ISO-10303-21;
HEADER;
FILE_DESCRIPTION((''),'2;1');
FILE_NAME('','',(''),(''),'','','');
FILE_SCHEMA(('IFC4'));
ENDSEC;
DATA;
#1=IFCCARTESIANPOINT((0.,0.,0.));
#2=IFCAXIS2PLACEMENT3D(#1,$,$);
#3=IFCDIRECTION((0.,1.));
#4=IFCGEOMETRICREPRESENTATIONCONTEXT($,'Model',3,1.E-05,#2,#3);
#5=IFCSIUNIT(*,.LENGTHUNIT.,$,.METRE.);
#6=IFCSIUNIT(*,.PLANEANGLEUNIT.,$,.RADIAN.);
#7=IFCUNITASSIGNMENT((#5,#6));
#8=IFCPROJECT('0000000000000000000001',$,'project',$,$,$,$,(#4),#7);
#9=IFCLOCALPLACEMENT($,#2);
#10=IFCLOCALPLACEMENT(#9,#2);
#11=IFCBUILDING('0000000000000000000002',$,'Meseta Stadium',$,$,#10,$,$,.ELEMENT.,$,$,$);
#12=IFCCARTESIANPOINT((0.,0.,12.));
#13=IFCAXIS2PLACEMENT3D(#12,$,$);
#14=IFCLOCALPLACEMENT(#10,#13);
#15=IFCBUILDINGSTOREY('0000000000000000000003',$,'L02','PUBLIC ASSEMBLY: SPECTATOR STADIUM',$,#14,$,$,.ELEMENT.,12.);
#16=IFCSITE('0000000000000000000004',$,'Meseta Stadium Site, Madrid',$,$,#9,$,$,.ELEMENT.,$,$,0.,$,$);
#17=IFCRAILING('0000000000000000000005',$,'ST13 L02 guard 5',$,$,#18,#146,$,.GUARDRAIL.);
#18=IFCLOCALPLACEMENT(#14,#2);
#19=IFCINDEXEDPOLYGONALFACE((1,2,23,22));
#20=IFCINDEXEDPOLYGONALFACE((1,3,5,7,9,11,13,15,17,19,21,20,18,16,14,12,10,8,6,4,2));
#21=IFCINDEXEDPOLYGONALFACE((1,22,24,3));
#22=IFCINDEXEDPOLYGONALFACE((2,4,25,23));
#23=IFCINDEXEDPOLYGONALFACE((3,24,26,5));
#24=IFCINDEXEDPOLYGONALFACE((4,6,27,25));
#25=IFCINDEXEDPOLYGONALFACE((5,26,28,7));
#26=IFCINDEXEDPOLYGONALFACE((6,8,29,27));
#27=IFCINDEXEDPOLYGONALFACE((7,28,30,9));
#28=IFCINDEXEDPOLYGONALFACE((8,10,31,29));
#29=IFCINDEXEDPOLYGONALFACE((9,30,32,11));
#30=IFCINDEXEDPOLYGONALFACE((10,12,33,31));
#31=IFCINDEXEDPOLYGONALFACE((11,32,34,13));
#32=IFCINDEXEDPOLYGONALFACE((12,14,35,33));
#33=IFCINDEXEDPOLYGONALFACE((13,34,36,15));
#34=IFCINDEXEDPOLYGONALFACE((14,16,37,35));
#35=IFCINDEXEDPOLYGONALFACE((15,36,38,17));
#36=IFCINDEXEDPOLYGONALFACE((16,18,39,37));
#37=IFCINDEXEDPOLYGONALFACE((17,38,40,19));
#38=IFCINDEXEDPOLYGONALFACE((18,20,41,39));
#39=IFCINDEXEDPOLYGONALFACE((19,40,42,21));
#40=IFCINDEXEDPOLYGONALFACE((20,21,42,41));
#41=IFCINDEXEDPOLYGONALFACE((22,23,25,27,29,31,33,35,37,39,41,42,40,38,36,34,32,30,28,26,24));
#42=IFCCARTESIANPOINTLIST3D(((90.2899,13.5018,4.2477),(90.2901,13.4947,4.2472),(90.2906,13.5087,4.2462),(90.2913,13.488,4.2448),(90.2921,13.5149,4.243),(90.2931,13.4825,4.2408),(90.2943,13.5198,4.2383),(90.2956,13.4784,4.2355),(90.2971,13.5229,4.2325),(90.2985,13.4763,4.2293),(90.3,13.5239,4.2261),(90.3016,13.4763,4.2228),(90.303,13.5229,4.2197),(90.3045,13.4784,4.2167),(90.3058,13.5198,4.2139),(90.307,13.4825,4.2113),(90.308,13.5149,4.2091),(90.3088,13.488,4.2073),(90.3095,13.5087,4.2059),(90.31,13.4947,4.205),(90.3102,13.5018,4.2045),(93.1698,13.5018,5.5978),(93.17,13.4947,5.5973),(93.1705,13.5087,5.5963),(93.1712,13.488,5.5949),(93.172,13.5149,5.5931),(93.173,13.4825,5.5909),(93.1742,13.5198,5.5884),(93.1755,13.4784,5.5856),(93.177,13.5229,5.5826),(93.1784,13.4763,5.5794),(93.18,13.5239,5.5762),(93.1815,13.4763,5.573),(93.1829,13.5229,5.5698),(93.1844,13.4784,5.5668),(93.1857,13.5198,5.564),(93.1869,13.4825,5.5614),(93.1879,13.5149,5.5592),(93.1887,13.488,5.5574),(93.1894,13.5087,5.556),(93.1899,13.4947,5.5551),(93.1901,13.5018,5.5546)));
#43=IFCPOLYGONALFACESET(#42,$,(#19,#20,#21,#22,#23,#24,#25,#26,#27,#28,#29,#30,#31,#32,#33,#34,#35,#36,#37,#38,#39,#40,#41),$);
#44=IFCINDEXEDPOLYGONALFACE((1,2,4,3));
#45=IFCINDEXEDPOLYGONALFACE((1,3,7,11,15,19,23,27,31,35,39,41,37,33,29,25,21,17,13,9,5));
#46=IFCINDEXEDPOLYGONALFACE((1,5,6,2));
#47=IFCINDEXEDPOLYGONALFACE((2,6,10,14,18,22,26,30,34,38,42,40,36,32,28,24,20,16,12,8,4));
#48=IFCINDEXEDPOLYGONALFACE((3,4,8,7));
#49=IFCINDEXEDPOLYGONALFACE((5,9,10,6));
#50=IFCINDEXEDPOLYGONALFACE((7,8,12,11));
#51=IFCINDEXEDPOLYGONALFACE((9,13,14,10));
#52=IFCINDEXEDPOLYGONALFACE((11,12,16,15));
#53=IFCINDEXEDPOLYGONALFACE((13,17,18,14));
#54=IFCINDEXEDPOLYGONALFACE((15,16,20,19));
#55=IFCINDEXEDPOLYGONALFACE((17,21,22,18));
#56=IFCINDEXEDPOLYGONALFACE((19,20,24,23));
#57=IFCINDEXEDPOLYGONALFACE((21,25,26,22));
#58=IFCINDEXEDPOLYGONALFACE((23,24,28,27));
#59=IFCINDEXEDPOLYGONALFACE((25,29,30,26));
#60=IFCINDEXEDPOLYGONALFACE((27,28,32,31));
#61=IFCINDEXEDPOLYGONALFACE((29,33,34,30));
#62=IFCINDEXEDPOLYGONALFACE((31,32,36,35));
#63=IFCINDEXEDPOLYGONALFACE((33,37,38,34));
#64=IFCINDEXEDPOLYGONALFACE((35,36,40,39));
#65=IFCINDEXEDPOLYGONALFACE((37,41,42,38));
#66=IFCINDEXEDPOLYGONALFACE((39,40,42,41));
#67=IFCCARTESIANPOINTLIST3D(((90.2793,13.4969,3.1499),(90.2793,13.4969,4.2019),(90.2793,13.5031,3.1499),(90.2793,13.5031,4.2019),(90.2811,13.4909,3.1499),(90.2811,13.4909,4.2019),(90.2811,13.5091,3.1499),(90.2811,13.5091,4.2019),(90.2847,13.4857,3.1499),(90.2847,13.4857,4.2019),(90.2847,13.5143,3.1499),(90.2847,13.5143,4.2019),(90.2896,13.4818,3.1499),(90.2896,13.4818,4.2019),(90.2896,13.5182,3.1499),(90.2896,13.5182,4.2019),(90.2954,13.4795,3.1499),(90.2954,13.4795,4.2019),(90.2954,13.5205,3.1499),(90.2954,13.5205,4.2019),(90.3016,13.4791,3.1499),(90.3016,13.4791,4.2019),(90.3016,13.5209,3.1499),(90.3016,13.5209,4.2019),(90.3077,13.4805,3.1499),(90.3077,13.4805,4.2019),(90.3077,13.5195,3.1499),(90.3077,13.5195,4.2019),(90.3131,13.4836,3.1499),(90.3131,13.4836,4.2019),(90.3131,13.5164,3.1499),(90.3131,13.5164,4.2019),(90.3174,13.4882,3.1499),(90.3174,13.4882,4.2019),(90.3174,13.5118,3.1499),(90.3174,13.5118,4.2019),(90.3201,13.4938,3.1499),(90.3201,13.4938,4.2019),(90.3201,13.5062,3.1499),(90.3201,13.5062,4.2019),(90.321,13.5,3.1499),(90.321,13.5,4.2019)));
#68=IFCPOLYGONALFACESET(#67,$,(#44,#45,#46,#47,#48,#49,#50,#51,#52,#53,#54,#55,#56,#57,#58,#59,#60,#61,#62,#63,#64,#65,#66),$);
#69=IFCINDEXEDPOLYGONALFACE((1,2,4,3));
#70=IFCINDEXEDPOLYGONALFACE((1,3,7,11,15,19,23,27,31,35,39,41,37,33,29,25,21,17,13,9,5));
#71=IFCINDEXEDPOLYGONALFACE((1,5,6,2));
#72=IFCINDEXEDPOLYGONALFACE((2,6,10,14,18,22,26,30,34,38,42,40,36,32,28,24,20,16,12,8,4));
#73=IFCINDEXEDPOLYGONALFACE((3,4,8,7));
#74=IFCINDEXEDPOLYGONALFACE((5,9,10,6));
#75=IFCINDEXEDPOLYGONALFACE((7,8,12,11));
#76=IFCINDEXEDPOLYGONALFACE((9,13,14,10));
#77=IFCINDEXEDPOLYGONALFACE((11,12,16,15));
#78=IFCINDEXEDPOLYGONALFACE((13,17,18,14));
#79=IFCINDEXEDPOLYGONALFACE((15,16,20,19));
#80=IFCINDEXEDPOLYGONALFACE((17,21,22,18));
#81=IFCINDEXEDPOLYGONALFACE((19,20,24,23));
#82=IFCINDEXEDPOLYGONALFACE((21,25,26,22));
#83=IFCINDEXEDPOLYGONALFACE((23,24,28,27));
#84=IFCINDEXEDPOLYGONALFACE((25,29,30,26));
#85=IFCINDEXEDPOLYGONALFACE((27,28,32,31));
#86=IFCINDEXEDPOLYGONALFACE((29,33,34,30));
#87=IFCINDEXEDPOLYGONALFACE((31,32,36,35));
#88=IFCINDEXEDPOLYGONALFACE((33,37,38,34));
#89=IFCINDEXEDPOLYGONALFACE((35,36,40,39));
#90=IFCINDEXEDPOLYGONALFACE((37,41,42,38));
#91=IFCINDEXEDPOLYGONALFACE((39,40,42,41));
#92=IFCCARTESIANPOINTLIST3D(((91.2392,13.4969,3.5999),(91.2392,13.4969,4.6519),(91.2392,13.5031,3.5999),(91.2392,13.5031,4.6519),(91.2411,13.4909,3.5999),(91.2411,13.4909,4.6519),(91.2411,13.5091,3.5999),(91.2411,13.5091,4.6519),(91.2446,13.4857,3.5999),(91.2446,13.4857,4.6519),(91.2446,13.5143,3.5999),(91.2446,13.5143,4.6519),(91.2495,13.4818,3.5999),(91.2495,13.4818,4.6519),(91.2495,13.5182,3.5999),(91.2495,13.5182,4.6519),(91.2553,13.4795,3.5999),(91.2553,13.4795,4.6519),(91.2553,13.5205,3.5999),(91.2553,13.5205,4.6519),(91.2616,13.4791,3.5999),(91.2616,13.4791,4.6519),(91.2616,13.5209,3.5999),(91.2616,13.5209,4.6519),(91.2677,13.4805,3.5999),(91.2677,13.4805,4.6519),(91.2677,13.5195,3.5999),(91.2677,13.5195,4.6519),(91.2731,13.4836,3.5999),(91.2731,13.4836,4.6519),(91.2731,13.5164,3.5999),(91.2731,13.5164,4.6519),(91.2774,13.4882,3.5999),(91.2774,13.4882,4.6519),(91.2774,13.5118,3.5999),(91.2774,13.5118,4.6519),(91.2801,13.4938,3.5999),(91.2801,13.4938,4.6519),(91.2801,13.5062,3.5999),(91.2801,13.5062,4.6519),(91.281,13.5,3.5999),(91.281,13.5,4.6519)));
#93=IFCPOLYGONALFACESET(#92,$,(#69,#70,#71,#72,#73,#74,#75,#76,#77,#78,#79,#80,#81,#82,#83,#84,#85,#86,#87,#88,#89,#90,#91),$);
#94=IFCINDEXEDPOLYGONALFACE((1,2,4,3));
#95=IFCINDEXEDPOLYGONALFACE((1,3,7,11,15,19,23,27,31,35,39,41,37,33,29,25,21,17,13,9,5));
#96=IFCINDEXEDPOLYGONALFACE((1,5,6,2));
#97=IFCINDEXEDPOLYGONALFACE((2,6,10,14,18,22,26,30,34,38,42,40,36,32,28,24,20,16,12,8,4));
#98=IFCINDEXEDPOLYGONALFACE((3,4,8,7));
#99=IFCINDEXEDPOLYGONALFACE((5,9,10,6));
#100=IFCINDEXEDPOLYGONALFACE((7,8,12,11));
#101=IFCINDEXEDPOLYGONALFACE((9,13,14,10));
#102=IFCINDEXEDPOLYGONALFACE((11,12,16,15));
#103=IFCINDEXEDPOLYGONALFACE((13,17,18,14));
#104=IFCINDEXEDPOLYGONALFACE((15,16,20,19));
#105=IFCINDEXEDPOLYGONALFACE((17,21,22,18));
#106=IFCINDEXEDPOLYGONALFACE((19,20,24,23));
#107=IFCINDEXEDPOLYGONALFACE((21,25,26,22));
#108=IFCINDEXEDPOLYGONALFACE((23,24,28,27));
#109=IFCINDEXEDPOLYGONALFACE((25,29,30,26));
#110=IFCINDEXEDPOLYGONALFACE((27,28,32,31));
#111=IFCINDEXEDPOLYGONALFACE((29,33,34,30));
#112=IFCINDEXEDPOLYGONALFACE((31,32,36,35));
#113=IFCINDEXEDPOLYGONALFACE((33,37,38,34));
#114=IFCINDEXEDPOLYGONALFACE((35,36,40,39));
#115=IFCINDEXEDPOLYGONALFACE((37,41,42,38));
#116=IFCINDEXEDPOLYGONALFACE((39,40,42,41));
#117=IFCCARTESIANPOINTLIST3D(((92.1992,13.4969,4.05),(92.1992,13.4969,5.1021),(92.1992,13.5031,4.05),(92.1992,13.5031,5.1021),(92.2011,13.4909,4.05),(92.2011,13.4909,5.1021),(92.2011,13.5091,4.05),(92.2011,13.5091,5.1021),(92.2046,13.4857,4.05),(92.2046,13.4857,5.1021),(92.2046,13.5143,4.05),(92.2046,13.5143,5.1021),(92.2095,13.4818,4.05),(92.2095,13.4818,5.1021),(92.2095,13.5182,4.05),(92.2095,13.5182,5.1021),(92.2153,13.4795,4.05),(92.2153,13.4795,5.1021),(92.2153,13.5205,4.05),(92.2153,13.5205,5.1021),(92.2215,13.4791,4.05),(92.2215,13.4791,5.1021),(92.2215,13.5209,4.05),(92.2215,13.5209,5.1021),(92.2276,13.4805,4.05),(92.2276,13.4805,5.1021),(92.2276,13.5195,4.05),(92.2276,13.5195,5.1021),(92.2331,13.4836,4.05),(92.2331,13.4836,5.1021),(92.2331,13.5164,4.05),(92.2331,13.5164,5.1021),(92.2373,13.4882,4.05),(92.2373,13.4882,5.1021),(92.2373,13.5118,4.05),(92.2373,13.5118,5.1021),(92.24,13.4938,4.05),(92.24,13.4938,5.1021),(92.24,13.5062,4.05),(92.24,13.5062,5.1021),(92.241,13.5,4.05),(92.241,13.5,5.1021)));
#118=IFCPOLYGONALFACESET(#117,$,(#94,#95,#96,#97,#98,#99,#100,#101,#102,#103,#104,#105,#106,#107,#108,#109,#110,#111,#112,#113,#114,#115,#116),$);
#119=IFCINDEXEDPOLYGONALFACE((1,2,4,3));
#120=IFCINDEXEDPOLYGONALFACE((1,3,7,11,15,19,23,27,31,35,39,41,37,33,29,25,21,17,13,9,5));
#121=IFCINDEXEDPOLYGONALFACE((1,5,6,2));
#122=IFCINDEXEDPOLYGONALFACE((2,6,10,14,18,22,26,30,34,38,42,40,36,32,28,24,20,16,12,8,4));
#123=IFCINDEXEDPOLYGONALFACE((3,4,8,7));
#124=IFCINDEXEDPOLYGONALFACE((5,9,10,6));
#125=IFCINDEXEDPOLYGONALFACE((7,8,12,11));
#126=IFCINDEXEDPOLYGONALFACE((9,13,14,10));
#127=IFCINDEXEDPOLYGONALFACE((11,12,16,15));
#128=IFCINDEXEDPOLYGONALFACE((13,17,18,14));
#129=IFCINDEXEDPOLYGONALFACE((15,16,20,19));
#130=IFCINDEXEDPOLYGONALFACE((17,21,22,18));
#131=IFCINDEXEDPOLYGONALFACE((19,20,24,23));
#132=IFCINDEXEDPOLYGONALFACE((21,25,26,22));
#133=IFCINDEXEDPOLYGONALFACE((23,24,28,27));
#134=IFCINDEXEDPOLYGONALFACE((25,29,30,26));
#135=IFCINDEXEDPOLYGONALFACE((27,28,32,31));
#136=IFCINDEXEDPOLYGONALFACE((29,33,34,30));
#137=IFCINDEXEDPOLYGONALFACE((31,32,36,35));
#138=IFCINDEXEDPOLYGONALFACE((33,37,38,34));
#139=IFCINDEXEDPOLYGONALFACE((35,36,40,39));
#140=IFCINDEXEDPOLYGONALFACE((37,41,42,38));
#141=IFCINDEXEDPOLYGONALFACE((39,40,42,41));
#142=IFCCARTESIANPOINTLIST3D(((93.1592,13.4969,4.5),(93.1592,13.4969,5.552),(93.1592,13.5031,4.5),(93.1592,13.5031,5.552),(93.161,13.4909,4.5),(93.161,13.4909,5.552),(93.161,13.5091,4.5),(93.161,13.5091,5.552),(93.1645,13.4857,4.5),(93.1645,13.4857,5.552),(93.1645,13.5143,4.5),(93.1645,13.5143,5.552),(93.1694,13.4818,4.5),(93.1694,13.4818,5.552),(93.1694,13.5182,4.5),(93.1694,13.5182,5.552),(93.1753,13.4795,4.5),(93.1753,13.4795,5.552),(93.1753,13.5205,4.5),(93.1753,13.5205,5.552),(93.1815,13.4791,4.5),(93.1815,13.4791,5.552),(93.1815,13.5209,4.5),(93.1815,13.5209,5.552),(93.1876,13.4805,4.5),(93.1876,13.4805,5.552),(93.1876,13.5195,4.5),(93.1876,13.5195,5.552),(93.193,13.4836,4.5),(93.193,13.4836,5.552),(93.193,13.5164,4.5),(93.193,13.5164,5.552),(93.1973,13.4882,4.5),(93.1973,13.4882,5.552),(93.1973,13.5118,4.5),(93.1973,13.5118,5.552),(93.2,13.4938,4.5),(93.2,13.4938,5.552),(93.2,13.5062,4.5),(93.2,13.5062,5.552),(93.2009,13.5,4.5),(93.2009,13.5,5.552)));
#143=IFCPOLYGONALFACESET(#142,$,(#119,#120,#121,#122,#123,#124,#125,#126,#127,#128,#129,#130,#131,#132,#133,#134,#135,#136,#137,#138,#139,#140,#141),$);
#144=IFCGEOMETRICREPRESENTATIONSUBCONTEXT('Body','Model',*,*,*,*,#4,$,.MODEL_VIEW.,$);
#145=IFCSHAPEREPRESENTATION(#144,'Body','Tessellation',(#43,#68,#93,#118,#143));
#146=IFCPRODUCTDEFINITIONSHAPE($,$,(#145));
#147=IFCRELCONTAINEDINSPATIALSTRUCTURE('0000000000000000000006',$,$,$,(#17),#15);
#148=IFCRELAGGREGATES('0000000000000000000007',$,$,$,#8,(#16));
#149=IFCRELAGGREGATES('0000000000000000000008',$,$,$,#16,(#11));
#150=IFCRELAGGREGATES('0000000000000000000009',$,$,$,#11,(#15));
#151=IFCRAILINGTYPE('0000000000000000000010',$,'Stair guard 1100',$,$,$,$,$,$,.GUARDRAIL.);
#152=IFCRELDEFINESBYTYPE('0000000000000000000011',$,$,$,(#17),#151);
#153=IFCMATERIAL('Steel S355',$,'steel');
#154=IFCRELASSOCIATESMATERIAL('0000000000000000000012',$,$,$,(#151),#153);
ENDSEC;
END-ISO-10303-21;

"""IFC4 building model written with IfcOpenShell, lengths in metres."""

from ifc_helpers import new_model, si_unit, direction, frame, origin, origin_2d, place, context, subcontext, project, spatial, circle, extrude, material, type_object, element, save


model = new_model("IFC4")

# Units and contexts
model_context = context("Model", 3, precision=1e-05, world=origin(), true_north=direction((0.0, 1.0)))
body_context = subcontext(model_context, "Body", "Model", "MODEL_VIEW")
ifc_project = project(units=[si_unit("LENGTHUNIT", "METRE"), si_unit("PLANEANGLEUNIT", "RADIAN")], contexts=[model_context])

# Site, building, storey
site_placement = place(None, origin())
site = spatial("IfcSite", under=ifc_project, at=site_placement, Name="Meseta Stadium Site, Madrid", CompositionType="ELEMENT", RefElevation=0.0)
building_placement = place(site_placement, origin())
building = spatial("IfcBuilding", under=site, at=building_placement, Name="Meseta Stadium", CompositionType="ELEMENT")
storey_placement = place(building_placement, frame((0.0, 0.0, 12.0)))
storey = spatial("IfcBuildingStorey", under=building, at=storey_placement, Name="L02", Description="PUBLIC ASSEMBLY: SPECTATOR STADIUM", CompositionType="ELEMENT", Elevation=12.0)

# Railing
ifc_material_1 = material(Name="Steel S355", Category="steel")
railing_type_1 = type_object("IfcRailingType", Name="Stair guard 1100", PredefinedType="GUARDRAIL", material=ifc_material_1)
railing_1_placement = place(storey_placement, frame((90.3, 13.5, 3.1499)))
element("IfcRailing", 1, at=railing_1_placement, inside=storey, type_object=railing_type_1, Name="ST13 L02 guard 5", PredefinedType="GUARDRAIL", context=body_context, shape_type="SweptSolid", body=[
    extrude(circle(Radius=0.0239, at=origin_2d()), frame((0.0, 0.0, 1.0762), z_axis=(0.90544, 0.0, 0.424473), x_axis=(0.0, 1.0, 0.0)), (0.0, 0.0, 1.0), 3.1807),
    extrude(circle(Radius=0.021, at=origin_2d()), origin(), (0.0, 0.0, 1.0), 1.052),
    extrude(circle(Radius=0.021, at=origin_2d()), frame((0.96, 0.0, 0.45)), (0.0, 0.0, 1.0), 1.052),
    extrude(circle(Radius=0.021, at=origin_2d()), frame((1.9199, 0.0, 0.9001)), (0.0, 0.0, 1.0), 1.052),
    extrude(circle(Radius=0.021, at=origin_2d()), frame((2.8799, 0.0, 1.3501)), (0.0, 0.0, 1.0), 1.052),
])

save(model, "model.ifc")
